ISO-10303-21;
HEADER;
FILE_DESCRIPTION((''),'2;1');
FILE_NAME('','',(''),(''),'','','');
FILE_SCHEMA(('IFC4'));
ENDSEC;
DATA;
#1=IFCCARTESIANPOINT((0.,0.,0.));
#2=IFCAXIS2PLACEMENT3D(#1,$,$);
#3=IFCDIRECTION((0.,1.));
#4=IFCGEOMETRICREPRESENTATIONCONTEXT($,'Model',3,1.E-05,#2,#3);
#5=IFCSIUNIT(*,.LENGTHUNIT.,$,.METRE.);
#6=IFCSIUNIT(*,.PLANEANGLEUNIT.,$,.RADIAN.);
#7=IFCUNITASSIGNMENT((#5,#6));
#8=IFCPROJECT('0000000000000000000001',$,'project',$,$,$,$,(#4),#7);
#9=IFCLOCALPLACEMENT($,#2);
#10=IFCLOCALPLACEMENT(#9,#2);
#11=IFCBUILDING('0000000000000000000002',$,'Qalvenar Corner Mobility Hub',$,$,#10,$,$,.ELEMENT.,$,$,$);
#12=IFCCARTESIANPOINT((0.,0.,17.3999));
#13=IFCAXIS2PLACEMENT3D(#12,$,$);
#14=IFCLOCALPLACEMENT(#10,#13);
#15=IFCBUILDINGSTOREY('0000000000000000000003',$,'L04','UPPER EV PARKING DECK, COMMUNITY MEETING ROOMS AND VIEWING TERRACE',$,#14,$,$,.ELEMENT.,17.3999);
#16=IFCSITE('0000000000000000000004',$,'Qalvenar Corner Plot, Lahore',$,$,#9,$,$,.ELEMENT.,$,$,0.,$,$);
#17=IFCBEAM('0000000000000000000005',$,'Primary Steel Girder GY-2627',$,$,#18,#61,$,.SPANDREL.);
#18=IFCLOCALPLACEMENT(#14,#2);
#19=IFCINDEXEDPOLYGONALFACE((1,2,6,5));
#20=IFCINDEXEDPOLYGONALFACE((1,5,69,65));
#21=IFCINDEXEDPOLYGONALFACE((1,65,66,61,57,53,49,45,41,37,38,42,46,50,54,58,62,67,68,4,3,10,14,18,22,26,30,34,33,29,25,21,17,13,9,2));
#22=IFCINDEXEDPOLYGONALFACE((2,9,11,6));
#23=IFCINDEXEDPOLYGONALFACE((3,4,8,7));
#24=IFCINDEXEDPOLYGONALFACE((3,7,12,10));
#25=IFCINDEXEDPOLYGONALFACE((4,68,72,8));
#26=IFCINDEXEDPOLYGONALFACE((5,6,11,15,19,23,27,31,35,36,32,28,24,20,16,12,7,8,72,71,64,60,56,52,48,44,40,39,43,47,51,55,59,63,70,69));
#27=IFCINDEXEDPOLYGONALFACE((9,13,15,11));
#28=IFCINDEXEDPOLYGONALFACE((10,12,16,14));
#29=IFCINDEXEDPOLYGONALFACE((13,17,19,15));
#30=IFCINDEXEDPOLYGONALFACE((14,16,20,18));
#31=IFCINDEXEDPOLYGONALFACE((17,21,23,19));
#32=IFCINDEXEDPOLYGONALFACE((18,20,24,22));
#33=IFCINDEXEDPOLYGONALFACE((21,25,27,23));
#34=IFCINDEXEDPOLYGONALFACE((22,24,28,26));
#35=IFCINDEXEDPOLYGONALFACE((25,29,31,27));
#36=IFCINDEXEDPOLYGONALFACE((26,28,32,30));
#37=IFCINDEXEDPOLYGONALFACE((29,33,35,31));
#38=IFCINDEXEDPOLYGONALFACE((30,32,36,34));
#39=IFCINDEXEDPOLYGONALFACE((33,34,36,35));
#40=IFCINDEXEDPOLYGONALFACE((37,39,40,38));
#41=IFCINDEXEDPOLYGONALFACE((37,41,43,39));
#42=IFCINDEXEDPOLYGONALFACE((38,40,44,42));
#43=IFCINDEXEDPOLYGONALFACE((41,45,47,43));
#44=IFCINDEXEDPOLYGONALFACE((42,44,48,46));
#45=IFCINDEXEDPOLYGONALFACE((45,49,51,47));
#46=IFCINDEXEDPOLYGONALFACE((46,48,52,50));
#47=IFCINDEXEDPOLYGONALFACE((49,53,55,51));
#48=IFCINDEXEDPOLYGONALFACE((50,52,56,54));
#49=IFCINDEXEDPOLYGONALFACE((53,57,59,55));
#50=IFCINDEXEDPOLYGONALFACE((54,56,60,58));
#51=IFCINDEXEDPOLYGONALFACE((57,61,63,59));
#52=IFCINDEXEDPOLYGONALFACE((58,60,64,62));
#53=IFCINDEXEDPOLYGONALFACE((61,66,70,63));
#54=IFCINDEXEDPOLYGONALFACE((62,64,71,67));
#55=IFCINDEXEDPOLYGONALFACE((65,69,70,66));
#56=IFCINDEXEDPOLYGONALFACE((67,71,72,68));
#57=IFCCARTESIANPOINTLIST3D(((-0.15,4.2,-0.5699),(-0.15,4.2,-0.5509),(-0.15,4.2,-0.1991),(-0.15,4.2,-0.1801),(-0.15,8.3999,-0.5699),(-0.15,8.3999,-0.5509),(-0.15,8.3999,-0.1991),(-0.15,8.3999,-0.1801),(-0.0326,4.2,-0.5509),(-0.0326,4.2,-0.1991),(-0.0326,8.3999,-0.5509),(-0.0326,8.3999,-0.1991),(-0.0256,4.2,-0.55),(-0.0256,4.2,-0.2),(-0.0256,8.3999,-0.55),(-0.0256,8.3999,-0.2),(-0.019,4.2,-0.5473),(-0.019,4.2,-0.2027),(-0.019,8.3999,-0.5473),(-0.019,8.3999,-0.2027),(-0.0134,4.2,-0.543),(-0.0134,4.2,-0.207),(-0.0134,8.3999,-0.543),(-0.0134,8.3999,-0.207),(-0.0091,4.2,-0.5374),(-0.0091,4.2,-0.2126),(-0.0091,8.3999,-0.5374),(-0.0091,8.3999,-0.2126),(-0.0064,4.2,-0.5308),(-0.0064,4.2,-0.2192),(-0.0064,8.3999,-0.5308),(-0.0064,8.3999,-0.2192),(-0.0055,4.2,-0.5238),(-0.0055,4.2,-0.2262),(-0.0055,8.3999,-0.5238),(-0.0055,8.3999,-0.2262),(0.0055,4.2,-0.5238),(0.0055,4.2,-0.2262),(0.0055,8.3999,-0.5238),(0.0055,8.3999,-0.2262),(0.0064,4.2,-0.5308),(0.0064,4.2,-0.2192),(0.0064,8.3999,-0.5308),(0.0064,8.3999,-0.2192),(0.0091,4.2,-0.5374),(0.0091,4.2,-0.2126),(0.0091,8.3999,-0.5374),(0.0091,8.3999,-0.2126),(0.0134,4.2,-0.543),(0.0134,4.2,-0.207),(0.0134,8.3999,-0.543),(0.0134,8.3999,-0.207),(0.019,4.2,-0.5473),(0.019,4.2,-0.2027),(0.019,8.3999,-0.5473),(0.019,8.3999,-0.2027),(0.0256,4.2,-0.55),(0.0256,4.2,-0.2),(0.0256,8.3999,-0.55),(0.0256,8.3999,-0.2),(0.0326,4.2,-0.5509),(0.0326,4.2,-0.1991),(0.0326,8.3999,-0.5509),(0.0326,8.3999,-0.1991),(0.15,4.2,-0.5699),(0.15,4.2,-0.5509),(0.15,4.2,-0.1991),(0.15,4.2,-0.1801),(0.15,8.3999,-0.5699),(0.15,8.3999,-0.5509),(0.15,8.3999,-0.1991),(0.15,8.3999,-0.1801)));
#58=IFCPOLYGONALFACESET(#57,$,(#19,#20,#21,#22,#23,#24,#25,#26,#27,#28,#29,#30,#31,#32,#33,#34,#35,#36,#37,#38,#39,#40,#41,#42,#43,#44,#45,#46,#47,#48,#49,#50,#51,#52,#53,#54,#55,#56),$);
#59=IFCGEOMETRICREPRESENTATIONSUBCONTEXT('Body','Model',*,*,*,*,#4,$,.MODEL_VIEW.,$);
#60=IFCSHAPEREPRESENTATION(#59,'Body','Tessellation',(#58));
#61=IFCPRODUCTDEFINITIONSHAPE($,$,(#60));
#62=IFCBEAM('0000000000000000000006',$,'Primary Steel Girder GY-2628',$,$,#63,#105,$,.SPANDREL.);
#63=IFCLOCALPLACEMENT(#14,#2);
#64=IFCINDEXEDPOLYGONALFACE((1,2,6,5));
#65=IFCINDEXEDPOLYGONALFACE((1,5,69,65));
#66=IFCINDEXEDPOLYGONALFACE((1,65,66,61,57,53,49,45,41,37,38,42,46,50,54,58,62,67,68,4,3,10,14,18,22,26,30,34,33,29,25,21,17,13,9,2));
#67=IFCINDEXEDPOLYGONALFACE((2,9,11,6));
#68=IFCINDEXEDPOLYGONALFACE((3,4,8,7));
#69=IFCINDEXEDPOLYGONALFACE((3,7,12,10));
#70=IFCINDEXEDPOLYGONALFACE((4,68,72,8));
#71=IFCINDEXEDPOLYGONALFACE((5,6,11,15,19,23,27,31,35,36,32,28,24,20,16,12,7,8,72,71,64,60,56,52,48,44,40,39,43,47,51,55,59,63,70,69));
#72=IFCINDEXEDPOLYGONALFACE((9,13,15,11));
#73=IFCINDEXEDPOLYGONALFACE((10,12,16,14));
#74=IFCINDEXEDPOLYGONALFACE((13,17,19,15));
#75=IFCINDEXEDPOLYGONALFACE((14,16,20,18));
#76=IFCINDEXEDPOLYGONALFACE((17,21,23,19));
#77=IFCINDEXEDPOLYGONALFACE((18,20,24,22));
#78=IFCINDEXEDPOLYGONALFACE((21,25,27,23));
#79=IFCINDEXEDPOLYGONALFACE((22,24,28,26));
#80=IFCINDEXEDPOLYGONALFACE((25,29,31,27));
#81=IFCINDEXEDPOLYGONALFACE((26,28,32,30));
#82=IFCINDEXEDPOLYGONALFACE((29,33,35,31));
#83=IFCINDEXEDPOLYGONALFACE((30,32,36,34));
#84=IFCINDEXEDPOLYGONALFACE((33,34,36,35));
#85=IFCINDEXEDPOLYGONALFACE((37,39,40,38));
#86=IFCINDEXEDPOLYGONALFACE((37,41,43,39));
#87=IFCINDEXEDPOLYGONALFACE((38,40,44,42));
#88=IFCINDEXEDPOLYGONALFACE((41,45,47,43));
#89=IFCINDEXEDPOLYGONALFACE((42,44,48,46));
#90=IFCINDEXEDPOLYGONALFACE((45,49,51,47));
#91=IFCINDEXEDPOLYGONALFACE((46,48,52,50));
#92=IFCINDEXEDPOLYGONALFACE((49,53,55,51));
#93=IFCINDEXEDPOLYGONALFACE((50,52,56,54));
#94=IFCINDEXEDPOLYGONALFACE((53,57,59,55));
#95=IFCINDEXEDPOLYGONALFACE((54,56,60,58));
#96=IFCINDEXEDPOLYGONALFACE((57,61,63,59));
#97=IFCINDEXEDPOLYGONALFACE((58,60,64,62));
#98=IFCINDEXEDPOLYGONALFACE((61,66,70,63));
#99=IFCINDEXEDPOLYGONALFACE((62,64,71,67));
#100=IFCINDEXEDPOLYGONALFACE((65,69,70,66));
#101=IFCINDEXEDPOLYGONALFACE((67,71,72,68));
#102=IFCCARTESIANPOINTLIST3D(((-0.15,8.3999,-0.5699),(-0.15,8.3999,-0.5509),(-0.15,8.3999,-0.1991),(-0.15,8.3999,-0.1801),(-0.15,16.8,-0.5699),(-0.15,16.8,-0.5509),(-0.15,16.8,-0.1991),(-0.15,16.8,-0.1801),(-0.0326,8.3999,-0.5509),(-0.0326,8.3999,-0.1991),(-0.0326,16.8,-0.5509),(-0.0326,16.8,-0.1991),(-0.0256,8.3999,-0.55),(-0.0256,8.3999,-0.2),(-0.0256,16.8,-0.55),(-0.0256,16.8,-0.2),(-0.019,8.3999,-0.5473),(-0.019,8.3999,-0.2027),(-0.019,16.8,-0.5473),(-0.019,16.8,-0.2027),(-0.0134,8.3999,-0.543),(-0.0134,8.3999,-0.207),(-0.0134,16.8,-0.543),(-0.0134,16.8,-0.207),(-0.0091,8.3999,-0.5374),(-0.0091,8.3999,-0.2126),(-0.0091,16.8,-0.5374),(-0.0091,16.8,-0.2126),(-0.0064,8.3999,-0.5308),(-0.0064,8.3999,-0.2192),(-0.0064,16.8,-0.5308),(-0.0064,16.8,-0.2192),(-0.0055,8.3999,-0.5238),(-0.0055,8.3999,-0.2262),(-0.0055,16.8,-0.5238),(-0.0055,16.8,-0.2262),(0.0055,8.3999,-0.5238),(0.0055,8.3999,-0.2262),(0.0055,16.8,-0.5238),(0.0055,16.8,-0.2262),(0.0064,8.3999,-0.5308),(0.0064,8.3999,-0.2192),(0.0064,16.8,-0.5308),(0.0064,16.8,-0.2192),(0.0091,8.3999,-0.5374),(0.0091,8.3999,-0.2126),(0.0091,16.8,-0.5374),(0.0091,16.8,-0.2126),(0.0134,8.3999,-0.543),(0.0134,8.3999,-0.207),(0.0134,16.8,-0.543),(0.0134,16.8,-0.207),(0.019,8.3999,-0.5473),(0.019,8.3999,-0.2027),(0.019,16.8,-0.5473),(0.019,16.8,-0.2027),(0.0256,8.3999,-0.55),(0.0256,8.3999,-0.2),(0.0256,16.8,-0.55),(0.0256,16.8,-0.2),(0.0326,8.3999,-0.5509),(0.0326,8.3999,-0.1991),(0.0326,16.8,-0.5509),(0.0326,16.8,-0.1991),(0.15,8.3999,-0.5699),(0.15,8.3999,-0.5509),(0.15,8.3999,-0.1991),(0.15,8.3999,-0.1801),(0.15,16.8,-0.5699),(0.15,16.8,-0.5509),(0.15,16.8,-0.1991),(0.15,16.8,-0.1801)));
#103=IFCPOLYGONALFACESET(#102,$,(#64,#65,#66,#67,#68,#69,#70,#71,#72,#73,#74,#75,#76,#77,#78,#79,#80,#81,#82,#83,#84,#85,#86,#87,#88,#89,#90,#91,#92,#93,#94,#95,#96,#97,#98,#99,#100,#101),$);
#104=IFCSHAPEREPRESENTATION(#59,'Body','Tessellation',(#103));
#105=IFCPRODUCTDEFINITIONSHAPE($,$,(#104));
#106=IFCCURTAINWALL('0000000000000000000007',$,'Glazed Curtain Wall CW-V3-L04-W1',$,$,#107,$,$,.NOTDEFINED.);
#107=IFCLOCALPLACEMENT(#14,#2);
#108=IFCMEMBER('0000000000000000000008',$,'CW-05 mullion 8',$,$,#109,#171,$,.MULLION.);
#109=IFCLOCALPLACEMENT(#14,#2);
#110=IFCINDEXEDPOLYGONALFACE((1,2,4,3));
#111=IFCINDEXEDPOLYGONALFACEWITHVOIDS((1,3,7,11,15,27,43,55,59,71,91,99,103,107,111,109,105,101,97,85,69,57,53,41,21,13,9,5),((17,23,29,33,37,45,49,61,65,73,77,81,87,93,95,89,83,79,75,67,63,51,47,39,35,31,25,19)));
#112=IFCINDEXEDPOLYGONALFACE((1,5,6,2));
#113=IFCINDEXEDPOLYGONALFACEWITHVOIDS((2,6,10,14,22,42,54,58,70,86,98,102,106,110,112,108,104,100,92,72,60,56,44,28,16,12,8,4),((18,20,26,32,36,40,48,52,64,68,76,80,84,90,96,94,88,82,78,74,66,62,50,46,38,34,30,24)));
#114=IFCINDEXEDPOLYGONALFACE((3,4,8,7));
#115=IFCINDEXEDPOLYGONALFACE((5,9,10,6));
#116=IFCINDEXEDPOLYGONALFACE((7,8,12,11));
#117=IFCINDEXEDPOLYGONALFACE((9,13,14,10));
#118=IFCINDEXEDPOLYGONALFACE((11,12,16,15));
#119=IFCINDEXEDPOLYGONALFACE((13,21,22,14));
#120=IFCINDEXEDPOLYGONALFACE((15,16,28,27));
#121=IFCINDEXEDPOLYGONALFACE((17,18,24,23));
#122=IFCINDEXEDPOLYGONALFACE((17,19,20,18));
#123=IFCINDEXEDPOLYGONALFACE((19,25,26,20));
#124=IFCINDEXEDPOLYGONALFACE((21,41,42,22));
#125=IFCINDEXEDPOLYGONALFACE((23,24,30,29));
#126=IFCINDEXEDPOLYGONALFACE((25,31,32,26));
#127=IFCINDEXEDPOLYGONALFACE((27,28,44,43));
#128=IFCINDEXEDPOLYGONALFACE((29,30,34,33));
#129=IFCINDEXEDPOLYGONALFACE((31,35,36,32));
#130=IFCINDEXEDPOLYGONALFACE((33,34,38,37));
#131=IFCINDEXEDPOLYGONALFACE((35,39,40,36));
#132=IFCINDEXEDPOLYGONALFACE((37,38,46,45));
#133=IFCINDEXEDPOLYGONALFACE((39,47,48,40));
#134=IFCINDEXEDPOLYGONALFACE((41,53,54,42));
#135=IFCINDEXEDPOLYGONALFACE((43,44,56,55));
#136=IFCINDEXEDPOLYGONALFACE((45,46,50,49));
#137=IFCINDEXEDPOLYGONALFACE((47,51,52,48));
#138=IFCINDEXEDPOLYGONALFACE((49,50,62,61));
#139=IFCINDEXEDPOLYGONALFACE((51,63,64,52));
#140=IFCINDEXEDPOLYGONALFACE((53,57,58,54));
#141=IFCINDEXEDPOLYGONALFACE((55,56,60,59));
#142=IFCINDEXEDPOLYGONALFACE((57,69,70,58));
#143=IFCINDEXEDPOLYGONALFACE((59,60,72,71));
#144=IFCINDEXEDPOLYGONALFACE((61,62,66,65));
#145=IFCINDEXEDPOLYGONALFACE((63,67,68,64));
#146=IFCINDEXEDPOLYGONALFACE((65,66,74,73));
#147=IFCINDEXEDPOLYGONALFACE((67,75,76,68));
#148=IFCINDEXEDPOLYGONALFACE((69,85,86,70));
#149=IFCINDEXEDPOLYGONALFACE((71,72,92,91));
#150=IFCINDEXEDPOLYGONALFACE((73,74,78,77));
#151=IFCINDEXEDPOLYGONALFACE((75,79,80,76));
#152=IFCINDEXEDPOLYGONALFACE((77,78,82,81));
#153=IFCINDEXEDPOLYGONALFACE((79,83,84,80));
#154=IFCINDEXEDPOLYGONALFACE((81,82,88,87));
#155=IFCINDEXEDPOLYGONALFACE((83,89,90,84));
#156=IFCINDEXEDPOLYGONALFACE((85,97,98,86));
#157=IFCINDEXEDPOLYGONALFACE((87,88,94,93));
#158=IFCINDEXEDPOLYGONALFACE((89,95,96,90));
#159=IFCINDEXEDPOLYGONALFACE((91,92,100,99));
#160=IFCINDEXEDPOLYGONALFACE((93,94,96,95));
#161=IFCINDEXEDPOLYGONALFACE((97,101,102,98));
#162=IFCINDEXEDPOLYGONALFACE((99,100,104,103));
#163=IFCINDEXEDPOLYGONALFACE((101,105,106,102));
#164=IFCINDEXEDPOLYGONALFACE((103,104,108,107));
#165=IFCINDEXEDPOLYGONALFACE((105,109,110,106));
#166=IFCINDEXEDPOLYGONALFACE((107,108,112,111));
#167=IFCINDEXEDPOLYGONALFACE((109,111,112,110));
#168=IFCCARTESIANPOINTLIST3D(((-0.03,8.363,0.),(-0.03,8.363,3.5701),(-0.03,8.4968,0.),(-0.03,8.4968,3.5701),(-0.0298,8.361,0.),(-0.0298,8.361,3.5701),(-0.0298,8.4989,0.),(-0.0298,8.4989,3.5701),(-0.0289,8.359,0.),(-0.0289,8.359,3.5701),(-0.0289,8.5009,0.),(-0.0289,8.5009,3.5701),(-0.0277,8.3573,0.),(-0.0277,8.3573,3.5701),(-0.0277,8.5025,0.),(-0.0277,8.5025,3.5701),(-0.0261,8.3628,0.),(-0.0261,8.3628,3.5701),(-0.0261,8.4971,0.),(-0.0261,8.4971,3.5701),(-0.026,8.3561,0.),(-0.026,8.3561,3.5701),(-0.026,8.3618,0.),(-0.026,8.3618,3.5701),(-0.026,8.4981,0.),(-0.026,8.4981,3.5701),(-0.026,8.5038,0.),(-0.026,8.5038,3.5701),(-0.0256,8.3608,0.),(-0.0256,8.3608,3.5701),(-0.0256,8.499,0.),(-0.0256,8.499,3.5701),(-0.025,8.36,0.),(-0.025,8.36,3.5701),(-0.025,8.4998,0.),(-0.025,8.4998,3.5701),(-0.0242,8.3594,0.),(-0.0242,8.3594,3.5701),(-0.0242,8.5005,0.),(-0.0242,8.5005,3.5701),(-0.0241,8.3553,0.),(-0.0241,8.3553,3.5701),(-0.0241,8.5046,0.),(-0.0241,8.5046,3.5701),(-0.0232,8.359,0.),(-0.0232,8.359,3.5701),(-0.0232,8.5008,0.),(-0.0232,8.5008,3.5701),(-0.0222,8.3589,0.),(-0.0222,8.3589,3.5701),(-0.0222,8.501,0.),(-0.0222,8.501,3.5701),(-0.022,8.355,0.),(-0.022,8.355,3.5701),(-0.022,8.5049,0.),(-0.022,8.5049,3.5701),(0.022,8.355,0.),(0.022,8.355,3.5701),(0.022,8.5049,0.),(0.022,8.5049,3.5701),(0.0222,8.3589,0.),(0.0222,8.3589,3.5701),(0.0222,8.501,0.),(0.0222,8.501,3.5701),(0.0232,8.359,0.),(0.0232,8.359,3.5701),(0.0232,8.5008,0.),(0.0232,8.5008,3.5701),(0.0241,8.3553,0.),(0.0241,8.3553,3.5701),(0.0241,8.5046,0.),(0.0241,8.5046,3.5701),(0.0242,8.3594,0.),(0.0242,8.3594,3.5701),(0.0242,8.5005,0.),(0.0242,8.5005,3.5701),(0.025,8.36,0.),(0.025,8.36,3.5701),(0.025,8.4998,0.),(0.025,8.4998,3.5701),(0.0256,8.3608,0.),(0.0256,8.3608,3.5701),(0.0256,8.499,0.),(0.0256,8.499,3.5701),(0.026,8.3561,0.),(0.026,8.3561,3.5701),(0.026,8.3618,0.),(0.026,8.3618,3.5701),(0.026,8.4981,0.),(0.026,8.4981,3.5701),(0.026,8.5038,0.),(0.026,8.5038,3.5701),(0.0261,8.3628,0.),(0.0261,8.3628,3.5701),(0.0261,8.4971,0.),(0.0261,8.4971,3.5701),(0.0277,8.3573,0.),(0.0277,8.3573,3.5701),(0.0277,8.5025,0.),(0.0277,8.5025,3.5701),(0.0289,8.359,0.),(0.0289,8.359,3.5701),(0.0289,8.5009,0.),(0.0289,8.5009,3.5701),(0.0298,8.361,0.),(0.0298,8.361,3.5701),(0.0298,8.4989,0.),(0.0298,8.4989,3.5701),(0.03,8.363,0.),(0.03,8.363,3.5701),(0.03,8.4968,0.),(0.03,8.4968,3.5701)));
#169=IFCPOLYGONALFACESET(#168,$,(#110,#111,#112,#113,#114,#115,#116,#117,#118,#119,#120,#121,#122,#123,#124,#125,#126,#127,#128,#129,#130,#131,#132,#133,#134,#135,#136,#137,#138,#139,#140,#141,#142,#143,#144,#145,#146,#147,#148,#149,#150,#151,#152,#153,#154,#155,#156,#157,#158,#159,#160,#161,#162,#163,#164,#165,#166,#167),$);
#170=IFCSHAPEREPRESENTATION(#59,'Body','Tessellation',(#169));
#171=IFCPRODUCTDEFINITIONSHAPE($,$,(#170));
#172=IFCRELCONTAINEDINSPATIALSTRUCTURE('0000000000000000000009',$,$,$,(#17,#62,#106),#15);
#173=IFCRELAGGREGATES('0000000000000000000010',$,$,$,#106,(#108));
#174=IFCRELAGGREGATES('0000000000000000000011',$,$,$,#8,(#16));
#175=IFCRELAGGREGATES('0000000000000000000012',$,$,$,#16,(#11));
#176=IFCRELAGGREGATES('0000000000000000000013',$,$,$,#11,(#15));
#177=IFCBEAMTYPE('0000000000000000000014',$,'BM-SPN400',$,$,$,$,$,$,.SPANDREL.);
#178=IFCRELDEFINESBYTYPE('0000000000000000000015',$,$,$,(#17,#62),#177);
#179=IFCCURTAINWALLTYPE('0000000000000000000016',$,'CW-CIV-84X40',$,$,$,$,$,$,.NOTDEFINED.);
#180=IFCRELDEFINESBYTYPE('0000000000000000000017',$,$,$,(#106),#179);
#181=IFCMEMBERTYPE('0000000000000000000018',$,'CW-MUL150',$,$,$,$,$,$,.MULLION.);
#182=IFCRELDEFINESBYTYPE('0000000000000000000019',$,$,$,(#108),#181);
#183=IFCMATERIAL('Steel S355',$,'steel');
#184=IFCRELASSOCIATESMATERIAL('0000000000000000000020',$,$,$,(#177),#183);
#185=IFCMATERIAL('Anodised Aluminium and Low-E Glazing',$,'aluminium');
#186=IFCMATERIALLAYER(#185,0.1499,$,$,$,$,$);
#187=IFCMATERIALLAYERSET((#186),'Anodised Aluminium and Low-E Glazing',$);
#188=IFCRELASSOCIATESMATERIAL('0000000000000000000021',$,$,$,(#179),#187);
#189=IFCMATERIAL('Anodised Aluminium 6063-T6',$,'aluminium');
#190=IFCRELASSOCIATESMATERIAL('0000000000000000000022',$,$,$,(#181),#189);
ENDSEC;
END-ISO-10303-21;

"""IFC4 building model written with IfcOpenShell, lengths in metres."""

from ifc_helpers import new_model, si_unit, direction, frame, origin, origin_2d, place, context, subcontext, project, spatial, hollow_rectangle, i_section, extrude, material, layer, layer_set, material_profile, profile_set, type_object, element, aggregate, save


model = new_model("IFC4")

# Units and contexts
model_context = context("Model", 3, precision=1e-05, world=origin(), true_north=direction((0.0, 1.0)))
body_context = subcontext(model_context, "Body", "Model", "MODEL_VIEW")
ifc_project = project(units=[si_unit("LENGTHUNIT", "METRE"), si_unit("PLANEANGLEUNIT", "RADIAN")], contexts=[model_context])

# Site, building, storey
site_placement = place(None, origin())
site = spatial("IfcSite", under=ifc_project, at=site_placement, Name="Qalvenar Corner Plot, Lahore", CompositionType="ELEMENT", RefElevation=0.0)
building_placement = place(site_placement, origin())
building = spatial("IfcBuilding", under=site, at=building_placement, Name="Qalvenar Corner Mobility Hub", CompositionType="ELEMENT")
storey_placement = place(building_placement, frame((0.0, 0.0, 17.3999)))
storey = spatial("IfcBuildingStorey", under=building, at=storey_placement, Name="L04", Description="UPPER EV PARKING DECK, COMMUNITY MEETING ROOMS AND VIEWING TERRACE", CompositionType="ELEMENT", Elevation=17.3999)

# Shared definitions
ifc_material_1 = material(Name="Steel S355", Category="steel")

# Beams
ifc_material_profile_1 = material_profile(ifc_material_1, i_section(OverallWidth=0.3, OverallDepth=0.3899, WebThickness=0.011, FlangeThickness=0.019, FilletRadius=0.0271, at=origin_2d()), Name="HEA400")
ifc_profile_set_1 = profile_set([ifc_material_profile_1], Name="Steel S355")
beam_type_1 = type_object("IfcBeamType", Name="BM-SPN400", PredefinedType="SPANDREL", material=ifc_profile_set_1)
beam_1_placement = place(storey_placement, frame((0.0, 4.2, -0.375), z_axis=(0.0, 1.0, 0.0), x_axis=(-1.0, 0.0, 0.0)))
element("IfcBeam", 1, at=beam_1_placement, inside=storey, type_object=beam_type_1, Name="Primary Steel Girder GY-2627", PredefinedType="SPANDREL", context=body_context, shape_type="SweptSolid", body=[
    extrude(i_section(OverallWidth=0.3, OverallDepth=0.3899, WebThickness=0.011, FlangeThickness=0.019, FilletRadius=0.0271, at=origin_2d()), origin(), (0.0, 0.0, 1.0), 4.2),
])
beam_2_placement = place(storey_placement, frame((0.0, 8.3999, -0.375), z_axis=(0.0, 1.0, 0.0), x_axis=(-1.0, 0.0, 0.0)))
element("IfcBeam", 2, at=beam_2_placement, inside=storey, type_object=beam_type_1, Name="Primary Steel Girder GY-2628", PredefinedType="SPANDREL", context=body_context, shape_type="SweptSolid", body=[
    extrude(i_section(OverallWidth=0.3, OverallDepth=0.3899, WebThickness=0.011, FlangeThickness=0.019, FilletRadius=0.0271, at=origin_2d()), origin(), (0.0, 0.0, 1.0), 8.4001),
])

# Curtain wall, member
ifc_material_2 = material(Name="Anodised Aluminium and Low-E Glazing", Category="aluminium")
ifc_layer_1 = layer(ifc_material_2, 0.1499)
ifc_layer_set_1 = layer_set([ifc_layer_1], Name="Anodised Aluminium and Low-E Glazing")
curtain_wall_type = type_object("IfcCurtainWallType", Name="CW-CIV-84X40", PredefinedType="NOTDEFINED", material=ifc_layer_set_1)
curtain_wall_placement = place(storey_placement, origin())
curtain_wall = element("IfcCurtainWall", 3, at=curtain_wall_placement, inside=storey, type_object=curtain_wall_type, Name="Glazed Curtain Wall CW-V3-L04-W1", PredefinedType="NOTDEFINED")
ifc_material_3 = material(Name="Anodised Aluminium 6063-T6", Category="aluminium")
ifc_material_profile_2 = material_profile(ifc_material_3, hollow_rectangle(XDim=0.0601, YDim=0.1499, WallThickness=0.0039, InnerFilletRadius=0.0039, OuterFilletRadius=0.0081, at=origin_2d()), Name="RHS150x60x4")
ifc_profile_set_2 = profile_set([ifc_material_profile_2], Name="Anodised Aluminium 6063-T6")
member_type_1 = type_object("IfcMemberType", Name="CW-MUL150", PredefinedType="MULLION", material=ifc_profile_set_2)
member_1_placement = place(storey_placement, frame((0.0, 8.4299, 0.0), z_axis=(0.0, 0.0, 1.0), x_axis=(1.0, 0.0, 0.0)))
member_1 = element("IfcMember", 4, at=member_1_placement, type_object=member_type_1, Name="CW-05 mullion 8", PredefinedType="MULLION", context=body_context, shape_type="SweptSolid", body=[
    extrude(hollow_rectangle(XDim=0.0601, YDim=0.1499, WallThickness=0.0039, InnerFilletRadius=0.0039, OuterFilletRadius=0.0081, at=origin_2d()), origin(), (0.0, 0.0, 1.0), 3.5701),
])
aggregate(curtain_wall, [member_1])

save(model, "model.ifc")
